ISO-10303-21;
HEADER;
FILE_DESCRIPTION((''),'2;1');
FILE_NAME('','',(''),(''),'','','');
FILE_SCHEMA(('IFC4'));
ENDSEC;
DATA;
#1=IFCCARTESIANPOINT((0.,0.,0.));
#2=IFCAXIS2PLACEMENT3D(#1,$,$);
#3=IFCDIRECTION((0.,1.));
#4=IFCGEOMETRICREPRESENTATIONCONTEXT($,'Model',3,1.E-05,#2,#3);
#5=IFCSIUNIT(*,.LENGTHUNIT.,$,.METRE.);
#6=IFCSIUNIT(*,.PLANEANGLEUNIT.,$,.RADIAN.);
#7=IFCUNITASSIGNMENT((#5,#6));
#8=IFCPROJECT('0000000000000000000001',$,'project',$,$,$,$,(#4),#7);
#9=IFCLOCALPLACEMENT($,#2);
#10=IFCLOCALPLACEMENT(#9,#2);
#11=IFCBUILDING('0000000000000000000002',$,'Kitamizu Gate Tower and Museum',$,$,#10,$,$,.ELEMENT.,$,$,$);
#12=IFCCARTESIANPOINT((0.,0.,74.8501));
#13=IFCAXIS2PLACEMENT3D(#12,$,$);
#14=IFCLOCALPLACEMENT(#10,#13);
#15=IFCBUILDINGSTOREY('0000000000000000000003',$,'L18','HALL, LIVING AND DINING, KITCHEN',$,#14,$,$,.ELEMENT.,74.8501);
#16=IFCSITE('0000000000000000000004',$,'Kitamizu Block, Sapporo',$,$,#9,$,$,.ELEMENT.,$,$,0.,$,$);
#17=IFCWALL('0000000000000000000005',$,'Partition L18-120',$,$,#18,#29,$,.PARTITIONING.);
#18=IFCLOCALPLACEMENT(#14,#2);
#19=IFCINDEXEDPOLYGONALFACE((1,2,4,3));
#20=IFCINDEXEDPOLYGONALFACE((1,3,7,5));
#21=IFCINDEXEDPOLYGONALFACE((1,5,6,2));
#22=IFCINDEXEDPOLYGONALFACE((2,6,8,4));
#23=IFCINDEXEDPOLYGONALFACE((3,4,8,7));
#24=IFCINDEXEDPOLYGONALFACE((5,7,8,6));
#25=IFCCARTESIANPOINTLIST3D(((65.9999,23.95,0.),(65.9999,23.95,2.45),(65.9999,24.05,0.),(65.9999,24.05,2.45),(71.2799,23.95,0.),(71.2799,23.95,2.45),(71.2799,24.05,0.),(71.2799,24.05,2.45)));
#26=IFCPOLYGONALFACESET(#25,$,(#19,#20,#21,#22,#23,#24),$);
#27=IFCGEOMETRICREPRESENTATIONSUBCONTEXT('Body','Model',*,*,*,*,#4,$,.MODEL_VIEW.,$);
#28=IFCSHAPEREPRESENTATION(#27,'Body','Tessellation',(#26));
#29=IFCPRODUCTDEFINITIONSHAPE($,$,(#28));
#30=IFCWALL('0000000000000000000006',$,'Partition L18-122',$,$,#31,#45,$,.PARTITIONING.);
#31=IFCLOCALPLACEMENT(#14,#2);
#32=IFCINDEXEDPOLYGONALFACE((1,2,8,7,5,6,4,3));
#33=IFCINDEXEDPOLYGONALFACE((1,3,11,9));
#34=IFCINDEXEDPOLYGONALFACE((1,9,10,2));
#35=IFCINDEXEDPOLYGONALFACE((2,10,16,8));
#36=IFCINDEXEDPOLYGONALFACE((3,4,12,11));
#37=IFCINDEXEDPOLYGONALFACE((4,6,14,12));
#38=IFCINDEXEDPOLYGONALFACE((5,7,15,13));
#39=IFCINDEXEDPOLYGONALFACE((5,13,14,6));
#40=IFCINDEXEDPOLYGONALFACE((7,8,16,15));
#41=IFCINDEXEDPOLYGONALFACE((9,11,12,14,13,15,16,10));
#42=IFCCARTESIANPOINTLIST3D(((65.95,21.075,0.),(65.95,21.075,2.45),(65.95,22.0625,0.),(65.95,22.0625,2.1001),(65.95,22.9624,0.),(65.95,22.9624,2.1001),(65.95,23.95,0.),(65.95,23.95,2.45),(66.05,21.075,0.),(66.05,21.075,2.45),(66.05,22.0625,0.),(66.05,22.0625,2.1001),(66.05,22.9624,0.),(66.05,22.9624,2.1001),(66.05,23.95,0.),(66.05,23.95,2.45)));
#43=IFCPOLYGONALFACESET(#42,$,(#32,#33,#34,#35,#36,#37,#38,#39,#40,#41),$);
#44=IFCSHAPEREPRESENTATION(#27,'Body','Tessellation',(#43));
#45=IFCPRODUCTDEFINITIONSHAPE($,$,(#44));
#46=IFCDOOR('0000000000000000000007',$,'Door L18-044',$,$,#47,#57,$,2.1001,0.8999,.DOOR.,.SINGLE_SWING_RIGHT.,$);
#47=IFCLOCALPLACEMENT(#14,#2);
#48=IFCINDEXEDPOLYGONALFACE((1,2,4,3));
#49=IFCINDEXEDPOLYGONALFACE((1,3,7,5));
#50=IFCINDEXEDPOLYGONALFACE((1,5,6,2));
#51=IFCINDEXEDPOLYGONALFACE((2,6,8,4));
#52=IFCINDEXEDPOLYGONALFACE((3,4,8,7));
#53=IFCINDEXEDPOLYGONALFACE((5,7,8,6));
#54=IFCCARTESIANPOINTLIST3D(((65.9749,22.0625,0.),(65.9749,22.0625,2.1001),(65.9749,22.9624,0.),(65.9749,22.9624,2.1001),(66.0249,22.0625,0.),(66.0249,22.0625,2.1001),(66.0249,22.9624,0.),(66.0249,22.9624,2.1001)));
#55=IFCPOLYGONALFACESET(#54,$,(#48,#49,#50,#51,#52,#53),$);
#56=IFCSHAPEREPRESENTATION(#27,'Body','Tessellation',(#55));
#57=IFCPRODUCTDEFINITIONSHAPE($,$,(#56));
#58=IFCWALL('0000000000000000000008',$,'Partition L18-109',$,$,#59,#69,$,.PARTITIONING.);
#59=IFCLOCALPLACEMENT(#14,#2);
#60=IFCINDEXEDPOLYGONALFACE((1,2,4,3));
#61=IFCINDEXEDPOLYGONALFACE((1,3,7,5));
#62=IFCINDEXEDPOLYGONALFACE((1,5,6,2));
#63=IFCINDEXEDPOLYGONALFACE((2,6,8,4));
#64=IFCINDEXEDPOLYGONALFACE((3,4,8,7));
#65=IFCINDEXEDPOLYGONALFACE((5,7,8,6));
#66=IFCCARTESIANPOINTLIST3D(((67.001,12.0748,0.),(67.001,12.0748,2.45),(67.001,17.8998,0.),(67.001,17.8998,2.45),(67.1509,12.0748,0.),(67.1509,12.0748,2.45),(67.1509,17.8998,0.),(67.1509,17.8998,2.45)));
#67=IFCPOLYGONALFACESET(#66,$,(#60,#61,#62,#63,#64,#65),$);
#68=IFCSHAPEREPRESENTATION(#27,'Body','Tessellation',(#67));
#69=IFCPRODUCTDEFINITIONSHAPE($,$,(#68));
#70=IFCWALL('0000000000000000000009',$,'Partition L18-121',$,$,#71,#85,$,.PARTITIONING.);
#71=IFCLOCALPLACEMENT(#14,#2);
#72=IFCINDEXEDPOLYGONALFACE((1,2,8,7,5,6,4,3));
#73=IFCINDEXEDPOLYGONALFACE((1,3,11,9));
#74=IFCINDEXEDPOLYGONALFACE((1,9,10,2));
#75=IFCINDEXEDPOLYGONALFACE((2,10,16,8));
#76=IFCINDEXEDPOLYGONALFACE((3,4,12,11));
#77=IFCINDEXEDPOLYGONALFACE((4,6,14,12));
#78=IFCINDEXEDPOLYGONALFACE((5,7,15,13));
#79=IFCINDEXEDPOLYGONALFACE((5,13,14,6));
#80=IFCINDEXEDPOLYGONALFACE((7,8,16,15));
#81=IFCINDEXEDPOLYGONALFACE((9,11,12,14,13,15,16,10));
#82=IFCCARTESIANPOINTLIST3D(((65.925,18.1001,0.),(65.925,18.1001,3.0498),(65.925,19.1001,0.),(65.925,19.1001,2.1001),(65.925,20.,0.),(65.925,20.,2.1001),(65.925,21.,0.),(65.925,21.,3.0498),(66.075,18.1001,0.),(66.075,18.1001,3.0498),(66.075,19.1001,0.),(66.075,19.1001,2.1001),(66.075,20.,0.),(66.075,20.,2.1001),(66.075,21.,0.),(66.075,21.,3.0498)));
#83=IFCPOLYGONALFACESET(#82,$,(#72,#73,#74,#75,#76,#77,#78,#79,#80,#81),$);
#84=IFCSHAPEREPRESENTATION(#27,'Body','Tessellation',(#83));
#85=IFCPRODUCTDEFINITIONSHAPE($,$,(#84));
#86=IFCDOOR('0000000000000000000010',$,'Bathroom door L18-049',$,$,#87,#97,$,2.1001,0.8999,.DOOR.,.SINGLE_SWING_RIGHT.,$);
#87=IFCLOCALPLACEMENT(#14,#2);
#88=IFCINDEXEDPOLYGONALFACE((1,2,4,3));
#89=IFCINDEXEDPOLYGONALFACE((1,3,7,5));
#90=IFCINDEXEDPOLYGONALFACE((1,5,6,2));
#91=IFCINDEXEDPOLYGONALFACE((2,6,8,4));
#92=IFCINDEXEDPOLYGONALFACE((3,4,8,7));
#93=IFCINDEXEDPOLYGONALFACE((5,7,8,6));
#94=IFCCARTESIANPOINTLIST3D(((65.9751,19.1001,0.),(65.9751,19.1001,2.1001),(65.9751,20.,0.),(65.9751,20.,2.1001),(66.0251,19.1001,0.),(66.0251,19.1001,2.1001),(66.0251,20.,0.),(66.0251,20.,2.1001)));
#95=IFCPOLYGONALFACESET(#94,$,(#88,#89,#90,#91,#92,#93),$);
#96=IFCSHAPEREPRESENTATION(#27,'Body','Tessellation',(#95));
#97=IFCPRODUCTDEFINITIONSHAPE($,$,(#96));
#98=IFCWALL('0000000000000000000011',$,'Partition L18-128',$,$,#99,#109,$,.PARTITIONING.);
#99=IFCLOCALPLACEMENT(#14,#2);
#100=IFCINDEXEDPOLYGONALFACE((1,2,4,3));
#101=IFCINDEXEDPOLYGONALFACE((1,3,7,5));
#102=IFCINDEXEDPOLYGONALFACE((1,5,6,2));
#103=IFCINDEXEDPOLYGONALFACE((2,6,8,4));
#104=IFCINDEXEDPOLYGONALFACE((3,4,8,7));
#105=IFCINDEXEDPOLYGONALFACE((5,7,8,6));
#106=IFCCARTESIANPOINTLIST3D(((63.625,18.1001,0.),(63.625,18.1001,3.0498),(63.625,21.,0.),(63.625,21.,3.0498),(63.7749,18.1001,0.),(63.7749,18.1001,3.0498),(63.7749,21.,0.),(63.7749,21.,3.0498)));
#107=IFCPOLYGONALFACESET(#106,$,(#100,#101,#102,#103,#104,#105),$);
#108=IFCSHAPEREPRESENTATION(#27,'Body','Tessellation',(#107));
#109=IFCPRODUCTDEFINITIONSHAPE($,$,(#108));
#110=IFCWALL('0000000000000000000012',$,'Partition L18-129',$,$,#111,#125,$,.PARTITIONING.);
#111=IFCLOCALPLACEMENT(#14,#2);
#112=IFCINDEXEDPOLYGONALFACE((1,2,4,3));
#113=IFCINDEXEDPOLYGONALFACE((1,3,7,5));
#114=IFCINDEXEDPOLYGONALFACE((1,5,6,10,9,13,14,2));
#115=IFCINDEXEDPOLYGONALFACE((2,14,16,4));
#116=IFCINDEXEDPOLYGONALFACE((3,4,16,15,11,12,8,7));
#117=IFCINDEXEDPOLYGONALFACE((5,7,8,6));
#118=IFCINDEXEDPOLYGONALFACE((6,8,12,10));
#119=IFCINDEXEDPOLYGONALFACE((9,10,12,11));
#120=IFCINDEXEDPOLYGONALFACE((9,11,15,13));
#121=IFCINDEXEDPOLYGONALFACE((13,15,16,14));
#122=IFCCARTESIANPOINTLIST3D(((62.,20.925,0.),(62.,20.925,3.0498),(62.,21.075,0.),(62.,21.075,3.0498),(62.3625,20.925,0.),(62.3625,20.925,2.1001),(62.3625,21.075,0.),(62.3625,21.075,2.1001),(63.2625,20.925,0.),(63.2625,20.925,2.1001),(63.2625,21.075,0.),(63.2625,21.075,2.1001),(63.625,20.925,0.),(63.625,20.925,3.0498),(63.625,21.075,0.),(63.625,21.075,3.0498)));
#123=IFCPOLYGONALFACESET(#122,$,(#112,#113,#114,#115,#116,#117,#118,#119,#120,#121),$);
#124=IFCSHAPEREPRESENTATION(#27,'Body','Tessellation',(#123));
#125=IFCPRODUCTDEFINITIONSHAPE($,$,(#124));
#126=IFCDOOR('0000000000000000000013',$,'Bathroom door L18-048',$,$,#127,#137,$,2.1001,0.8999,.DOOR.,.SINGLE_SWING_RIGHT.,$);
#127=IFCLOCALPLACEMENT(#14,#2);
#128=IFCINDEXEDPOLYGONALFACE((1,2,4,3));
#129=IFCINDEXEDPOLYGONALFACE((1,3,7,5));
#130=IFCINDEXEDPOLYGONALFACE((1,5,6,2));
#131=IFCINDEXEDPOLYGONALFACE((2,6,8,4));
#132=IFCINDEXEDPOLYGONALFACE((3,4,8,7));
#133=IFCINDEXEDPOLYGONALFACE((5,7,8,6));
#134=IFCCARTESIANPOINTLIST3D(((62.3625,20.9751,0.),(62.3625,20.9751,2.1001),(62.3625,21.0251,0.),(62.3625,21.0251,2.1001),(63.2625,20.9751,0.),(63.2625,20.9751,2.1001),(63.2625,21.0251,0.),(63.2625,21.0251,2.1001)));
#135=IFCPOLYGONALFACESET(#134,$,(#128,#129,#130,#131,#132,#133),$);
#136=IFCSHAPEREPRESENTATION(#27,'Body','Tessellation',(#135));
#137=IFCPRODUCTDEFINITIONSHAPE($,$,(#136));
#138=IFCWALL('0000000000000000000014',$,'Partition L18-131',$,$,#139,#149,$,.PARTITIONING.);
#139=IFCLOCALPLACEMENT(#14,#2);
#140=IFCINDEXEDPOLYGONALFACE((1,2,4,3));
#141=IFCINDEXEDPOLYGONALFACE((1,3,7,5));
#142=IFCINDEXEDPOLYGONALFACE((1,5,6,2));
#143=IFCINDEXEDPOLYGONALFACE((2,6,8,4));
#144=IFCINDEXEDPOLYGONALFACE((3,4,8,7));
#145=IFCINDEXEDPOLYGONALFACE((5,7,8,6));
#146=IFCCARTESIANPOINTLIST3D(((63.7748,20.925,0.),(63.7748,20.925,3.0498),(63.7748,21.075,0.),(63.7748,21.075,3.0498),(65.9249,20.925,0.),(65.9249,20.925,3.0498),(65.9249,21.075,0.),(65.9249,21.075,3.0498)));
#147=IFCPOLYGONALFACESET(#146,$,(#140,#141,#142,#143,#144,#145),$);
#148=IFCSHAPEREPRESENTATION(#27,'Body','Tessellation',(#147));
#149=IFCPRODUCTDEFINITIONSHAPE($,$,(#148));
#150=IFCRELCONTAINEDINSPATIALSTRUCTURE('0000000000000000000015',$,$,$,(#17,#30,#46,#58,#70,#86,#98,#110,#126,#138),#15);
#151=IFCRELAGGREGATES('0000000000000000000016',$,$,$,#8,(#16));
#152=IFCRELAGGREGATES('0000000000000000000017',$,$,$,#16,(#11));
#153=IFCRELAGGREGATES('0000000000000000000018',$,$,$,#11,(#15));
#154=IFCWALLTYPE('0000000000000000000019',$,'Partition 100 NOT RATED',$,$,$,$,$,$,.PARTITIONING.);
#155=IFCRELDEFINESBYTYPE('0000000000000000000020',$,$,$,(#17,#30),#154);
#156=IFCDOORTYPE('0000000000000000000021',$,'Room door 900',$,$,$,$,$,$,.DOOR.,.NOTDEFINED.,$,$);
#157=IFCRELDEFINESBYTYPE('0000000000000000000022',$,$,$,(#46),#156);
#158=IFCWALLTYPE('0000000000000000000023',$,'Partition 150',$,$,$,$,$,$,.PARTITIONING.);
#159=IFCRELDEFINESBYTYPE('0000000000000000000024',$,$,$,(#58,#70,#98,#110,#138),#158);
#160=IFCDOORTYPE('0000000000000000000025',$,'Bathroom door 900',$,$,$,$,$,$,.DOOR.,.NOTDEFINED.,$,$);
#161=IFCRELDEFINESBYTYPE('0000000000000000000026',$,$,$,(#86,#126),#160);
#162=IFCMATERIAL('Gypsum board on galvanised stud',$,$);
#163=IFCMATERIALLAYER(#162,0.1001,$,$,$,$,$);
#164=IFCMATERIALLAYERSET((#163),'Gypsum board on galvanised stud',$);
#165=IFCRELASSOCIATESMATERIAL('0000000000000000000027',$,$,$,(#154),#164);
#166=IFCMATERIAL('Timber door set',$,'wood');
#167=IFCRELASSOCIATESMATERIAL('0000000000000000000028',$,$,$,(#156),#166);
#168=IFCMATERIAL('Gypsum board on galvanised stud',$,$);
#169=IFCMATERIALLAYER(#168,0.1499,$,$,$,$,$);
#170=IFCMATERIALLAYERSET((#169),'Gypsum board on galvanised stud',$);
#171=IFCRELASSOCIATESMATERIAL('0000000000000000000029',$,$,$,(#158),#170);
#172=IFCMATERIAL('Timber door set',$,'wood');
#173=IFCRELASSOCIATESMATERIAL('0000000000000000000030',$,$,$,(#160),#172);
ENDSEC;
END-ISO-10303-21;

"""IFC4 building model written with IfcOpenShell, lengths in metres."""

from ifc_helpers import new_model, si_unit, direction, frame, frame_2d, origin, place, context, subcontext, project, spatial, rectangle, extrude, material, layer, layer_set, type_object, element, fill, save


model = new_model("IFC4")

# Units and contexts
model_context = context("Model", 3, precision=1e-05, world=origin(), true_north=direction((0.0, 1.0)))
body_context = subcontext(model_context, "Body", "Model", "MODEL_VIEW")
ifc_project = project(units=[si_unit("LENGTHUNIT", "METRE"), si_unit("PLANEANGLEUNIT", "RADIAN")], contexts=[model_context])

# Site, building, storey
site_placement = place(None, origin())
site = spatial("IfcSite", under=ifc_project, at=site_placement, Name="Kitamizu Block, Sapporo", CompositionType="ELEMENT", RefElevation=0.0)
building_placement = place(site_placement, origin())
building = spatial("IfcBuilding", under=site, at=building_placement, Name="Kitamizu Gate Tower and Museum", CompositionType="ELEMENT")
storey_placement = place(building_placement, frame((0.0, 0.0, 74.8501)))
storey = spatial("IfcBuildingStorey", under=building, at=storey_placement, Name="L18", Description="HALL, LIVING AND DINING, KITCHEN", CompositionType="ELEMENT", Elevation=74.8501)

# Wall
ifc_material_1 = material(Name="Gypsum board on galvanised stud")
ifc_layer_1 = layer(ifc_material_1, 0.1001)
ifc_layer_set_1 = layer_set([ifc_layer_1], Name="Gypsum board on galvanised stud")
wall_type_1 = type_object("IfcWallType", Name="Partition 100 NOT RATED", PredefinedType="PARTITIONING", material=ifc_layer_set_1)
wall_1_placement = place(storey_placement, frame((71.28, 24.0, 0.0), z_axis=(0.0, 0.0, 1.0), x_axis=(-1.0, 0.0, 0.0)))
element("IfcWall", 1, at=wall_1_placement, inside=storey, type_object=wall_type_1, Name="Partition L18-120", PredefinedType="PARTITIONING", context=body_context, shape_type="SweptSolid", body=[
    extrude(rectangle(XDim=5.28, YDim=0.1001, at=frame_2d((2.6401, 0.0))), origin(), (0.0, 0.0, 1.0), 2.45),
])

# Wall, opening, door
wall_2_placement = place(storey_placement, frame((66.0, 23.95, 0.0), z_axis=(0.0, 0.0, 1.0), x_axis=(0.0, -1.0, 0.0)))
wall_2 = element("IfcWall", 2, at=wall_2_placement, inside=storey, type_object=wall_type_1, Name="Partition L18-122", PredefinedType="PARTITIONING", context=body_context, shape_type="SweptSolid", body=[
    extrude(rectangle(XDim=2.875, YDim=0.1001, at=frame_2d((1.4375, 0.0))), origin(), (0.0, 0.0, 1.0), 2.45),
])
opening_1_placement = place(wall_2_placement, frame((0.9875, 0.0, 0.0)))
opening_1 = element("IfcOpeningElement", 3, at=opening_1_placement, cuts=wall_2, PredefinedType="OPENING", context=body_context, shape_type="SweptSolid", body=[
    extrude(rectangle(XDim=0.8999, YDim=2.1001, at=frame_2d((0.45, 1.05))), frame((0.0, 0.0601, 0.0), z_axis=(0.0, -1.0, 0.0), x_axis=(1.0, 0.0, 0.0)), (0.0, 0.0, 1.0), 0.1201),
])
ifc_material_2 = material(Name="Timber door set", Category="wood")
door_type_1 = type_object("IfcDoorType", Name="Room door 900", OperationType="NOTDEFINED", PredefinedType="DOOR", material=ifc_material_2)
door_1_placement = place(opening_1_placement, origin())
door_1 = element("IfcDoor", 4, at=door_1_placement, inside=storey, type_object=door_type_1, Name="Door L18-044", OperationType="SINGLE_SWING_RIGHT", OverallHeight=2.1001, OverallWidth=0.8999, PredefinedType="DOOR", context=body_context, shape_type="SweptSolid", body=[
    extrude(rectangle(XDim=0.8999, YDim=2.1001, at=frame_2d((0.45, 1.05))), frame((0.0, 0.0249, 0.0), z_axis=(0.0, -1.0, 0.0), x_axis=(1.0, 0.0, 0.0)), (0.0, 0.0, 1.0), 0.05),
])
fill(opening_1, door_1)

# Wall
ifc_material_3 = material(Name="Gypsum board on galvanised stud")
ifc_layer_2 = layer(ifc_material_3, 0.1499)
ifc_layer_set_2 = layer_set([ifc_layer_2], Name="Gypsum board on galvanised stud")
wall_type_2 = type_object("IfcWallType", Name="Partition 150", PredefinedType="PARTITIONING", material=ifc_layer_set_2)
wall_3_placement = place(storey_placement, frame((67.0759, 17.8999, 0.0), z_axis=(0.0, 0.0, 1.0), x_axis=(0.0, -1.0, 0.0)))
element("IfcWall", 5, at=wall_3_placement, inside=storey, type_object=wall_type_2, Name="Partition L18-109", PredefinedType="PARTITIONING", context=body_context, shape_type="SweptSolid", body=[
    extrude(rectangle(XDim=5.825, YDim=0.1499, at=frame_2d((2.9126, 0.0))), origin(), (0.0, 0.0, 1.0), 2.45),
])

# Wall, opening, door
wall_4_placement = place(storey_placement, frame((66.0, 21.0, 0.0), z_axis=(0.0, 0.0, 1.0), x_axis=(0.0, -1.0, 0.0)))
wall_4 = element("IfcWall", 6, at=wall_4_placement, inside=storey, type_object=wall_type_2, Name="Partition L18-121", PredefinedType="PARTITIONING", context=body_context, shape_type="SweptSolid", body=[
    extrude(rectangle(XDim=2.8999, YDim=0.1499, at=frame_2d((1.45, 0.0))), origin(), (0.0, 0.0, 1.0), 3.0498),
])
opening_2_placement = place(wall_4_placement, frame((1.0, 0.0, 0.0)))
opening_2 = element("IfcOpeningElement", 7, at=opening_2_placement, cuts=wall_4, PredefinedType="OPENING", context=body_context, shape_type="SweptSolid", body=[
    extrude(rectangle(XDim=0.8999, YDim=2.1001, at=frame_2d((0.45, 1.05))), frame((0.0, 0.085, 0.0), z_axis=(0.0, -1.0, 0.0), x_axis=(1.0, 0.0, 0.0)), (0.0, 0.0, 1.0), 0.1699),
])
ifc_material_4 = material(Name="Timber door set", Category="wood")
door_type_2 = type_object("IfcDoorType", Name="Bathroom door 900", OperationType="NOTDEFINED", PredefinedType="DOOR", material=ifc_material_4)
door_2_placement = place(opening_2_placement, frame((0.8999, 0.0, 0.0), x_axis=(-1.0, 0.0, 0.0)))
door_2 = element("IfcDoor", 8, at=door_2_placement, inside=storey, type_object=door_type_2, Name="Bathroom door L18-049", OperationType="SINGLE_SWING_RIGHT", OverallHeight=2.1001, OverallWidth=0.8999, PredefinedType="DOOR", context=body_context, shape_type="SweptSolid", body=[
    extrude(rectangle(XDim=0.8999, YDim=2.1001, at=frame_2d((0.45, 1.05))), frame((0.0, 0.0249, 0.0), z_axis=(0.0, -1.0, 0.0), x_axis=(1.0, 0.0, 0.0)), (0.0, 0.0, 1.0), 0.05),
])
fill(opening_2, door_2)

# Wall
wall_5_placement = place(storey_placement, frame((63.7, 18.1001, 0.0), z_axis=(0.0, 0.0, 1.0), x_axis=(0.0, 1.0, 0.0)))
element("IfcWall", 9, at=wall_5_placement, inside=storey, type_object=wall_type_2, Name="Partition L18-128", PredefinedType="PARTITIONING", context=body_context, shape_type="SweptSolid", body=[
    extrude(rectangle(XDim=2.8999, YDim=0.1499, at=frame_2d((1.45, 0.0))), origin(), (0.0, 0.0, 1.0), 3.0498),
])

# Wall, opening, door
wall_6_placement = place(storey_placement, frame((63.625, 21.0, 0.0), z_axis=(0.0, 0.0, 1.0), x_axis=(-1.0, 0.0, 0.0)))
wall_6 = element("IfcWall", 10, at=wall_6_placement, inside=storey, type_object=wall_type_2, Name="Partition L18-129", PredefinedType="PARTITIONING", context=body_context, shape_type="SweptSolid", body=[
    extrude(rectangle(XDim=1.625, YDim=0.1499, at=frame_2d((0.8125, 0.0))), origin(), (0.0, 0.0, 1.0), 3.0498),
])
opening_3_placement = place(wall_6_placement, frame((0.3625, 0.0, 0.0)))
opening_3 = element("IfcOpeningElement", 11, at=opening_3_placement, cuts=wall_6, PredefinedType="OPENING", context=body_context, shape_type="SweptSolid", body=[
    extrude(rectangle(XDim=0.8999, YDim=2.1001, at=frame_2d((0.45, 1.05))), frame((0.0, 0.085, 0.0), z_axis=(0.0, -1.0, 0.0), x_axis=(1.0, 0.0, 0.0)), (0.0, 0.0, 1.0), 0.1699),
])
door_3_placement = place(opening_3_placement, origin())
door_3 = element("IfcDoor", 12, at=door_3_placement, inside=storey, type_object=door_type_2, Name="Bathroom door L18-048", OperationType="SINGLE_SWING_RIGHT", OverallHeight=2.1001, OverallWidth=0.8999, PredefinedType="DOOR", context=body_context, shape_type="SweptSolid", body=[
    extrude(rectangle(XDim=0.8999, YDim=2.1001, at=frame_2d((0.45, 1.05))), frame((0.0, 0.0249, 0.0), z_axis=(0.0, -1.0, 0.0), x_axis=(1.0, 0.0, 0.0)), (0.0, 0.0, 1.0), 0.05),
])
fill(opening_3, door_3)

# Wall
wall_7_placement = place(storey_placement, frame((65.925, 21.0, 0.0), z_axis=(0.0, 0.0, 1.0), x_axis=(-1.0, 0.0, 0.0)))
element("IfcWall", 13, at=wall_7_placement, inside=storey, type_object=wall_type_2, Name="Partition L18-131", PredefinedType="PARTITIONING", context=body_context, shape_type="SweptSolid", body=[
    extrude(rectangle(XDim=2.1501, YDim=0.1499, at=frame_2d((1.0752, 0.0))), origin(), (0.0, 0.0, 1.0), 3.0498),
])

save(model, "model.ifc")
